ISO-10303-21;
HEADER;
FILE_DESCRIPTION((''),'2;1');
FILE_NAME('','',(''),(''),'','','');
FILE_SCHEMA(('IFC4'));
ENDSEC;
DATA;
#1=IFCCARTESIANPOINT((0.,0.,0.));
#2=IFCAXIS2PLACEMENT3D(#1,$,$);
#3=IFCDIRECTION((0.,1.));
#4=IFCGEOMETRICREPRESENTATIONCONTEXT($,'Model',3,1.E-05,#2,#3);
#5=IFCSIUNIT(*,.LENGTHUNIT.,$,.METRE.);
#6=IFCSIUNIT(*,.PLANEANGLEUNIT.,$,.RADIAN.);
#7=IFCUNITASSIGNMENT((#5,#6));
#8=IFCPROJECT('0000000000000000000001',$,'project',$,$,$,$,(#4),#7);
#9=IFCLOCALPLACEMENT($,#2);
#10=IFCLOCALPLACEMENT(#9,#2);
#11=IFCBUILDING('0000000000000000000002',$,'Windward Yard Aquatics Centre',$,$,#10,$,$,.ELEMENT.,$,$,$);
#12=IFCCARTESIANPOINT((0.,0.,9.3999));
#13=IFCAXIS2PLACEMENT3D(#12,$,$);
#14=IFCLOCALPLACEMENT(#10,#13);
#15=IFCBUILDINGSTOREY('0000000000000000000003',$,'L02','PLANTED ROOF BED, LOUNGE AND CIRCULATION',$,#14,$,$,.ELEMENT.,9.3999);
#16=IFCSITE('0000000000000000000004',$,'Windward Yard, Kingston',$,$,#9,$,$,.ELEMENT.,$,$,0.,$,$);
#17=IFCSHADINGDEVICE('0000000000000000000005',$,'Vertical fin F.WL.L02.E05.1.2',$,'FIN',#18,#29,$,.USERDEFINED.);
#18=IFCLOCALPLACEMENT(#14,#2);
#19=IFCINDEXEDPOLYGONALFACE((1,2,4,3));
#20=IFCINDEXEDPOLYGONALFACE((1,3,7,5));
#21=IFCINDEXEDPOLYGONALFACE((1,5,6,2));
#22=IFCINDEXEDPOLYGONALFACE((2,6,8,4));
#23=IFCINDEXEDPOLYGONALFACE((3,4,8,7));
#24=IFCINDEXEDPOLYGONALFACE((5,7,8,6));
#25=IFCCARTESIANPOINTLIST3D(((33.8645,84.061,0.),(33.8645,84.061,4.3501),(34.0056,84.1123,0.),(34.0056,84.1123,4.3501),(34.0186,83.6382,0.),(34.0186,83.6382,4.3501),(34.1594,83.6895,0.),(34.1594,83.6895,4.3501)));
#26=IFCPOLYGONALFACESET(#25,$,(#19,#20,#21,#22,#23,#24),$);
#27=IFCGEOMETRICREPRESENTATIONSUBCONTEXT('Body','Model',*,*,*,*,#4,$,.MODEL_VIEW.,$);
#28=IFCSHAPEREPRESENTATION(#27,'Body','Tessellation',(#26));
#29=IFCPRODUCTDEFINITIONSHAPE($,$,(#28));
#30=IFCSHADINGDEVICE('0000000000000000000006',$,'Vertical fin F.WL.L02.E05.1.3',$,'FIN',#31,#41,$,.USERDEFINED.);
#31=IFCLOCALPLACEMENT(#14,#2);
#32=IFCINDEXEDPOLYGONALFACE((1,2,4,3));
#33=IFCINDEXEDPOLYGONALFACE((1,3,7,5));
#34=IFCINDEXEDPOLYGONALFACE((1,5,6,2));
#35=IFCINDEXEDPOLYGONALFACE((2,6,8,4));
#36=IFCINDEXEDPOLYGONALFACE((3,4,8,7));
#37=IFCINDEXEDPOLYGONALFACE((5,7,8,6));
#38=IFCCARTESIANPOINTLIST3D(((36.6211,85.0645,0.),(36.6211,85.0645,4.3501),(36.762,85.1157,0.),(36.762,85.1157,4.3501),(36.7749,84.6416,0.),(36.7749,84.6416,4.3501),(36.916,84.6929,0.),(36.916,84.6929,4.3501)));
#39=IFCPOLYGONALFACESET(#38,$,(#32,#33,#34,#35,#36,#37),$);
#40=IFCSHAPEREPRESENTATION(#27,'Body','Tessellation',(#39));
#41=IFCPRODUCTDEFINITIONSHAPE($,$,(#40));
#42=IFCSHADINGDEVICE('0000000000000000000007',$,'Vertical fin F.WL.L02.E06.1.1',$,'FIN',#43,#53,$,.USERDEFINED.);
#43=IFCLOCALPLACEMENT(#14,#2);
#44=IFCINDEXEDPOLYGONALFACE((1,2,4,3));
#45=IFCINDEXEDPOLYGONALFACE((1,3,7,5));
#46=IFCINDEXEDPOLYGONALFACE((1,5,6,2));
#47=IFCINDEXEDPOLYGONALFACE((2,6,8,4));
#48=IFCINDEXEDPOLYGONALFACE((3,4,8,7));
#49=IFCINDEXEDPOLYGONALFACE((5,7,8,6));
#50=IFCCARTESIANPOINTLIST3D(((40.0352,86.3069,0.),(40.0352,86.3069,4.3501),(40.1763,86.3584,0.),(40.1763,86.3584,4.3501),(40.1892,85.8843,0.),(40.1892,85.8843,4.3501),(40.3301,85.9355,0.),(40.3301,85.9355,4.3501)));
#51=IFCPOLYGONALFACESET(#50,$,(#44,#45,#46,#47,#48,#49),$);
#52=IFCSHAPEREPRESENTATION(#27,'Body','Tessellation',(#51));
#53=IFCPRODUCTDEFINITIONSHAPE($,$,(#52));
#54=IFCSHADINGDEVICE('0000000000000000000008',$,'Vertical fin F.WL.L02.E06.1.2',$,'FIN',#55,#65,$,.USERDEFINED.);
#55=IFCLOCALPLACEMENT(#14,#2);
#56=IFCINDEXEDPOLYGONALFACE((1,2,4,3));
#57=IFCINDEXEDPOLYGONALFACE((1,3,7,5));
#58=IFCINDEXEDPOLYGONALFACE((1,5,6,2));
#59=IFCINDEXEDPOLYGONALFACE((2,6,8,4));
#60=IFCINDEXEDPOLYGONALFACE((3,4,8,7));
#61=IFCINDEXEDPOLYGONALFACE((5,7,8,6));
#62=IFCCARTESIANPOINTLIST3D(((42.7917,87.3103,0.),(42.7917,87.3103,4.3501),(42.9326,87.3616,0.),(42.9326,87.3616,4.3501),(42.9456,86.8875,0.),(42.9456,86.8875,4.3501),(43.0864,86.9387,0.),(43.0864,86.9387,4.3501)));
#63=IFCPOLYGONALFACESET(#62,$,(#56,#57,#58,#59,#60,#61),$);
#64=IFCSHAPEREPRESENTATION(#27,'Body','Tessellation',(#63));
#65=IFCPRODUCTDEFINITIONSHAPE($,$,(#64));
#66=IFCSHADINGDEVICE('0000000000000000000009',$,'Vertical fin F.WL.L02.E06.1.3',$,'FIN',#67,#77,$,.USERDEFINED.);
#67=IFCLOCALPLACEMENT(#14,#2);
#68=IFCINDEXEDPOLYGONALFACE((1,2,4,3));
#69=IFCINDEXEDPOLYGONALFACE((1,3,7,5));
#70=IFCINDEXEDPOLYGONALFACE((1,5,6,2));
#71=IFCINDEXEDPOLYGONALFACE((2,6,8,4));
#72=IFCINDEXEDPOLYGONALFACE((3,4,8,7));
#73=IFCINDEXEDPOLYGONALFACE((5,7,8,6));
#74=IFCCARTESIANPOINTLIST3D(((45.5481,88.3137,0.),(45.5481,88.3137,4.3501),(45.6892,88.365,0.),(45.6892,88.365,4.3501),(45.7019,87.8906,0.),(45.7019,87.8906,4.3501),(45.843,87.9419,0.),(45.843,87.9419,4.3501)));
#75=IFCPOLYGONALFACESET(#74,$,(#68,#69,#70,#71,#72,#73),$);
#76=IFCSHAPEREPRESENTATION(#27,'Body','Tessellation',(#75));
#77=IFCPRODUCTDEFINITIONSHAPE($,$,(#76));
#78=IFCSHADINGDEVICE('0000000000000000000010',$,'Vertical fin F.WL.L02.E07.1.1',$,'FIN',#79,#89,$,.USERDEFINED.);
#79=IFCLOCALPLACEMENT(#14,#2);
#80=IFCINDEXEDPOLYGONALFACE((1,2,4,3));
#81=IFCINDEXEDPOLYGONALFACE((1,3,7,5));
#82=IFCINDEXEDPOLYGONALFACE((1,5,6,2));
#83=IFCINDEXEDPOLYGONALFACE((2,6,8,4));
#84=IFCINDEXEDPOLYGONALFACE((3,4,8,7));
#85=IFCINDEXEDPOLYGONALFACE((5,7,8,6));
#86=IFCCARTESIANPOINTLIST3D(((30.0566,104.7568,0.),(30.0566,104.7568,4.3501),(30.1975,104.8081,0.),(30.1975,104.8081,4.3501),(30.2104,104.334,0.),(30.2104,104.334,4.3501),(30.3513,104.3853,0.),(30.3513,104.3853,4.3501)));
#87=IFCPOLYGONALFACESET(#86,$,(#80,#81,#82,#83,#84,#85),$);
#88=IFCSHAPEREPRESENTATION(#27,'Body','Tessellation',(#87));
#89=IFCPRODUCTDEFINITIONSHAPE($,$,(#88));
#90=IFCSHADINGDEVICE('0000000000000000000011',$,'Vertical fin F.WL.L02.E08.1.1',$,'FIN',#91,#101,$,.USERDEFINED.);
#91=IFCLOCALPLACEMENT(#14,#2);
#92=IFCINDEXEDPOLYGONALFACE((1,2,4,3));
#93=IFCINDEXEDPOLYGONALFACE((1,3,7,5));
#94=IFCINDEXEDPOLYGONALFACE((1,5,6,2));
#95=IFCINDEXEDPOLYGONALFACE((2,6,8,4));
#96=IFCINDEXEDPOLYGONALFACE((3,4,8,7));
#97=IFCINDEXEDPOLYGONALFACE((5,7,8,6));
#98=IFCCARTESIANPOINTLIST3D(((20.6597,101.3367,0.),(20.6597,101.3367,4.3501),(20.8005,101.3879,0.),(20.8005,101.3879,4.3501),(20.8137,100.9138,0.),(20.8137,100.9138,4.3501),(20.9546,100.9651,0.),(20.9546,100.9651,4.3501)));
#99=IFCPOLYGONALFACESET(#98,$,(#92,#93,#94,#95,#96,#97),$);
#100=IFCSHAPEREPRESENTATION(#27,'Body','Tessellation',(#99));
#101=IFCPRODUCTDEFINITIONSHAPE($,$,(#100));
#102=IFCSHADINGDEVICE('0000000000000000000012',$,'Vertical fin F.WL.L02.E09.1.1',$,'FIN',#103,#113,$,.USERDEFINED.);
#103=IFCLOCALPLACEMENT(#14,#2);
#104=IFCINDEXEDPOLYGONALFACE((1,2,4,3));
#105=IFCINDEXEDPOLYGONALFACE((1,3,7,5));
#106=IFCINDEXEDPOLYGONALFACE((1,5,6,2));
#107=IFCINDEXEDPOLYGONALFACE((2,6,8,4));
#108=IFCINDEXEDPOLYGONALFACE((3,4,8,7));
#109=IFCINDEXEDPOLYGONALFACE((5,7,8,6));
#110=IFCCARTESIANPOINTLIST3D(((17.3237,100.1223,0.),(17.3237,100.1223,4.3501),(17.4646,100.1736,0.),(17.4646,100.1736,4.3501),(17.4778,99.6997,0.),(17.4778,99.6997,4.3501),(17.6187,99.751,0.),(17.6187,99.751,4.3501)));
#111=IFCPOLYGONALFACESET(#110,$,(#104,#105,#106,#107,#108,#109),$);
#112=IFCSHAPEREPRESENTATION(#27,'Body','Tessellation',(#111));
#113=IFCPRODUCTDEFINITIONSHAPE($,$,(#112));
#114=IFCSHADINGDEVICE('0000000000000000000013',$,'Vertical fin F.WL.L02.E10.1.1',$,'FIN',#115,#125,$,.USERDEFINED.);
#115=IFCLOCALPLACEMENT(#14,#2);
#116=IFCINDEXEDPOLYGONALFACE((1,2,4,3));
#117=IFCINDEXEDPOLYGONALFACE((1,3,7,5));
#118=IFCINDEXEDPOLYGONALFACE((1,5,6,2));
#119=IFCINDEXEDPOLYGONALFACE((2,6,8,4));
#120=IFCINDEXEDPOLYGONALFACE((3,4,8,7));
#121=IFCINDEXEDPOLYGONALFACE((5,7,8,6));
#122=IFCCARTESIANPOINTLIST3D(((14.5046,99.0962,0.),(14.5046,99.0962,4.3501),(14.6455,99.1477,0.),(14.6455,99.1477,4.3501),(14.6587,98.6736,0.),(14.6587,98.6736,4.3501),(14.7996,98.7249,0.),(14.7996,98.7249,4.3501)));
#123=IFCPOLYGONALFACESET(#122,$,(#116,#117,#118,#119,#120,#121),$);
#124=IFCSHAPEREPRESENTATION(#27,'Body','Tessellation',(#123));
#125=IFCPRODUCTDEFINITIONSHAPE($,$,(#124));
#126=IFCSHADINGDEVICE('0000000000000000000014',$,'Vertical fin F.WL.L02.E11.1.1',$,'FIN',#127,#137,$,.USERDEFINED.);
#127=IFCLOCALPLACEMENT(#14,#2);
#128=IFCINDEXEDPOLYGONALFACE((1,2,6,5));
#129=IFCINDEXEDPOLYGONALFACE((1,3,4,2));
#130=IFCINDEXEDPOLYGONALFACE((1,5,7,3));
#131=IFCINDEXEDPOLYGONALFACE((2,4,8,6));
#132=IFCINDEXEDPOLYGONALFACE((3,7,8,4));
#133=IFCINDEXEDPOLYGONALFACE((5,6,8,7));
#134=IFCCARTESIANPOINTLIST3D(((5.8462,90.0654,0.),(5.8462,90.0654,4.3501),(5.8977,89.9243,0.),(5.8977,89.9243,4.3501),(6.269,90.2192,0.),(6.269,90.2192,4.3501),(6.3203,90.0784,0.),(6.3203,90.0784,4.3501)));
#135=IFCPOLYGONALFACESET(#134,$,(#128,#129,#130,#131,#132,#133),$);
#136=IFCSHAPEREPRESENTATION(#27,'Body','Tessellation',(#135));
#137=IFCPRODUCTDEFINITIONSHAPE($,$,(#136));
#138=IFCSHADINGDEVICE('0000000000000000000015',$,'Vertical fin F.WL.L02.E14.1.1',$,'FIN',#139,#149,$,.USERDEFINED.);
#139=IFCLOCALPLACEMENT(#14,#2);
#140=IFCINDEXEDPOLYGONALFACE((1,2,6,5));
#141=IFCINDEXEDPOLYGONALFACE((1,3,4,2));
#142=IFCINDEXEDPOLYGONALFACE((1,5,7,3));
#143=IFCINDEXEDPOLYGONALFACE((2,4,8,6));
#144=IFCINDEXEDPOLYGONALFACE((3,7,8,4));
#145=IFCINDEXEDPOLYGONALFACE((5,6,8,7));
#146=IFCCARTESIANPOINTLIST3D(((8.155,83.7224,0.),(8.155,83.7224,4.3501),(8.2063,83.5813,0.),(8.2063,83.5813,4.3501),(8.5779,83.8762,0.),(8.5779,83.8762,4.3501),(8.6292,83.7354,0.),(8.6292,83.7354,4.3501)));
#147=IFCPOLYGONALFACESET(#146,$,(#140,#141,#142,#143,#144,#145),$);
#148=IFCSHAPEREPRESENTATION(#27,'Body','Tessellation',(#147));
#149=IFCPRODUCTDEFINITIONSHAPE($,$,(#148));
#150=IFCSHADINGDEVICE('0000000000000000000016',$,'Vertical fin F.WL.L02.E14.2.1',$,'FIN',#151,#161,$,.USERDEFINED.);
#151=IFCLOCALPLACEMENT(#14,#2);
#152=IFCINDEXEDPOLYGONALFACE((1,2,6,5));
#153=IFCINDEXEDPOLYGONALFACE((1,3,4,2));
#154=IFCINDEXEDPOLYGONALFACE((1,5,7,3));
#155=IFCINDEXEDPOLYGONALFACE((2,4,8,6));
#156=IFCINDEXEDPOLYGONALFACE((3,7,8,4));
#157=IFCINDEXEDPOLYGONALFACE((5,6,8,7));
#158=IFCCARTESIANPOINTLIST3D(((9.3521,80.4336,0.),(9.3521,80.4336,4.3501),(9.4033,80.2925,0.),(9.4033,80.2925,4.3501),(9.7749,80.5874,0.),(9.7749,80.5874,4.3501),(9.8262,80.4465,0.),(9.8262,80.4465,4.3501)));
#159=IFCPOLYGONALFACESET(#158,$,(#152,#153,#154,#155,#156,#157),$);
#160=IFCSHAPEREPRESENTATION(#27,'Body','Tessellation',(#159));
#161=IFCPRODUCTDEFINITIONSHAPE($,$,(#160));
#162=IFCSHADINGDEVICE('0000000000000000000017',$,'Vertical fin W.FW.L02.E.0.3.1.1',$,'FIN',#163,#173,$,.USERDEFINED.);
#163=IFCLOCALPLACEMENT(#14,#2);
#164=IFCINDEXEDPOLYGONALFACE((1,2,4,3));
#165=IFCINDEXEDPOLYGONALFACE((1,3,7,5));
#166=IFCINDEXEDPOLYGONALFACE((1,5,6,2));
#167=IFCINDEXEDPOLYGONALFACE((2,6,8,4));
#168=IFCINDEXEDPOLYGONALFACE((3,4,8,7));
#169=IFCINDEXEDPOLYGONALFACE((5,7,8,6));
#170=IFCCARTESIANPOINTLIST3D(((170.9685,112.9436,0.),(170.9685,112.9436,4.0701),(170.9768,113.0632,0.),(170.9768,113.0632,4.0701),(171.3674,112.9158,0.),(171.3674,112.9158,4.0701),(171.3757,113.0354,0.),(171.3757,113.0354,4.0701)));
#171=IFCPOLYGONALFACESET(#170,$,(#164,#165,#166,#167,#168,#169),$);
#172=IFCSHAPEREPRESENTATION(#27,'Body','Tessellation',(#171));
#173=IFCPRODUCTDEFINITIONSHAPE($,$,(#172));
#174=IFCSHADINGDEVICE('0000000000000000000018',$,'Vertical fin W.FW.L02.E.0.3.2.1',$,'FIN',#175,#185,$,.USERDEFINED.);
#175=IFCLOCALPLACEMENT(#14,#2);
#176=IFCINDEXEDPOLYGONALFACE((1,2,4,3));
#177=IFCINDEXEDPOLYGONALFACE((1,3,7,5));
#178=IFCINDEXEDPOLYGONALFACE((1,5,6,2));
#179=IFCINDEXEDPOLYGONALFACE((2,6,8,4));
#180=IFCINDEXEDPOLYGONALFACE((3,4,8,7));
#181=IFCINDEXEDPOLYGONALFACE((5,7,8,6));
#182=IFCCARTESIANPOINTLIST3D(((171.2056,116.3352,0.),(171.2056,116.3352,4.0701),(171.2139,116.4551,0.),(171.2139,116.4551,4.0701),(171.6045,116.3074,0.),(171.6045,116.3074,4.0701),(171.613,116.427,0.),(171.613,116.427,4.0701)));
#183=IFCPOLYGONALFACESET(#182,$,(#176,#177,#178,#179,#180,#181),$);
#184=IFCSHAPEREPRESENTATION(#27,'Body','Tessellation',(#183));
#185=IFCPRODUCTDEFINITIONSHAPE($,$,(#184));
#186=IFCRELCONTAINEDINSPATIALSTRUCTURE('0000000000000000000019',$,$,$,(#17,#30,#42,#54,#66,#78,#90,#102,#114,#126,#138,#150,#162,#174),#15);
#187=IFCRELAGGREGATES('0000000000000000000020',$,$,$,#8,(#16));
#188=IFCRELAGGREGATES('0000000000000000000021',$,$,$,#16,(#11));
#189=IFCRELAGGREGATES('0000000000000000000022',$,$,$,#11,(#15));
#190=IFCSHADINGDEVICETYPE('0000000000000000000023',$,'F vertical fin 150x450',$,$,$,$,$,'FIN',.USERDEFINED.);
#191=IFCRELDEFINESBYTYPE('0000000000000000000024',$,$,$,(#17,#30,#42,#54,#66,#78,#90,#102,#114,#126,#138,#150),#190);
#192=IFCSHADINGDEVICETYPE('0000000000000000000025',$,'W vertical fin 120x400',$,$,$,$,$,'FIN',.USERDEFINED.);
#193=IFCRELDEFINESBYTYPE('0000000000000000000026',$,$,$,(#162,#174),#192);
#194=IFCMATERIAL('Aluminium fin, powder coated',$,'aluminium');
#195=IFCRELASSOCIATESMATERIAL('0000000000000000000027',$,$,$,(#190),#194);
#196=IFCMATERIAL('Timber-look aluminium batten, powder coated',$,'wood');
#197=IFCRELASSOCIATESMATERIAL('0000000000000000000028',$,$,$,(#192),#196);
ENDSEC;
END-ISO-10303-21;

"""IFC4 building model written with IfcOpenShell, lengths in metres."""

from ifc_helpers import new_model, si_unit, direction, frame, origin, place, context, subcontext, project, spatial, polyline, outline, extrude, material, type_object, element, save


model = new_model("IFC4")

# Units and contexts
model_context = context("Model", 3, precision=1e-05, world=origin(), true_north=direction((0.0, 1.0)))
body_context = subcontext(model_context, "Body", "Model", "MODEL_VIEW")
ifc_project = project(units=[si_unit("LENGTHUNIT", "METRE"), si_unit("PLANEANGLEUNIT", "RADIAN")], contexts=[model_context])

# Site, building, storey
site_placement = place(None, origin())
site = spatial("IfcSite", under=ifc_project, at=site_placement, Name="Windward Yard, Kingston", CompositionType="ELEMENT", RefElevation=0.0)
building_placement = place(site_placement, origin())
building = spatial("IfcBuilding", under=site, at=building_placement, Name="Windward Yard Aquatics Centre", CompositionType="ELEMENT")
storey_placement = place(building_placement, frame((0.0, 0.0, 9.3999)))
storey = spatial("IfcBuildingStorey", under=building, at=storey_placement, Name="L02", Description="PLANTED ROOF BED, LOUNGE AND CIRCULATION", CompositionType="ELEMENT", Elevation=9.3999)

# Shading devices
ifc_material_1 = material(Name="Aluminium fin, powder coated", Category="aluminium")
shading_device_type_1 = type_object("IfcShadingDeviceType", Name="F vertical fin 150x450", ElementType="FIN", PredefinedType="USERDEFINED", material=ifc_material_1)
shading_device_1_placement = place(storey_placement, origin())
element("IfcShadingDevice", 1, at=shading_device_1_placement, inside=storey, type_object=shading_device_type_1, Name="Vertical fin F.WL.L02.E05.1.2", ObjectType="FIN", PredefinedType="USERDEFINED", context=body_context, shape_type="SweptSolid", body=[
    extrude(outline(polyline([(33.8645, 84.061), (34.0056, 84.1123), (34.1594, 83.6895), (34.0186, 83.6382), (33.8645, 84.061)])), origin(), (0.0, 0.0, 1.0), 4.3501),
])
shading_device_2_placement = place(storey_placement, origin())
element("IfcShadingDevice", 2, at=shading_device_2_placement, inside=storey, type_object=shading_device_type_1, Name="Vertical fin F.WL.L02.E05.1.3", ObjectType="FIN", PredefinedType="USERDEFINED", context=body_context, shape_type="SweptSolid", body=[
    extrude(outline(polyline([(36.6211, 85.0645), (36.762, 85.1157), (36.916, 84.6929), (36.7749, 84.6416), (36.6211, 85.0645)])), origin(), (0.0, 0.0, 1.0), 4.3501),
])
shading_device_3_placement = place(storey_placement, origin())
element("IfcShadingDevice", 3, at=shading_device_3_placement, inside=storey, type_object=shading_device_type_1, Name="Vertical fin F.WL.L02.E06.1.1", ObjectType="FIN", PredefinedType="USERDEFINED", context=body_context, shape_type="SweptSolid", body=[
    extrude(outline(polyline([(40.0352, 86.3069), (40.1763, 86.3584), (40.3301, 85.9355), (40.1892, 85.8843), (40.0352, 86.3069)])), origin(), (0.0, 0.0, 1.0), 4.3501),
])
shading_device_4_placement = place(storey_placement, origin())
element("IfcShadingDevice", 4, at=shading_device_4_placement, inside=storey, type_object=shading_device_type_1, Name="Vertical fin F.WL.L02.E06.1.2", ObjectType="FIN", PredefinedType="USERDEFINED", context=body_context, shape_type="SweptSolid", body=[
    extrude(outline(polyline([(42.7917, 87.3103), (42.9326, 87.3616), (43.0864, 86.9387), (42.9456, 86.8875), (42.7917, 87.3103)])), origin(), (0.0, 0.0, 1.0), 4.3501),
])
shading_device_5_placement = place(storey_placement, origin())
element("IfcShadingDevice", 5, at=shading_device_5_placement, inside=storey, type_object=shading_device_type_1, Name="Vertical fin F.WL.L02.E06.1.3", ObjectType="FIN", PredefinedType="USERDEFINED", context=body_context, shape_type="SweptSolid", body=[
    extrude(outline(polyline([(45.5481, 88.3137), (45.6892, 88.365), (45.843, 87.9419), (45.7019, 87.8906), (45.5481, 88.3137)])), origin(), (0.0, 0.0, 1.0), 4.3501),
])
shading_device_6_placement = place(storey_placement, origin())
element("IfcShadingDevice", 6, at=shading_device_6_placement, inside=storey, type_object=shading_device_type_1, Name="Vertical fin F.WL.L02.E07.1.1", ObjectType="FIN", PredefinedType="USERDEFINED", context=body_context, shape_type="SweptSolid", body=[
    extrude(outline(polyline([(30.0566, 104.7568), (30.1975, 104.8081), (30.3513, 104.3853), (30.2104, 104.334), (30.0566, 104.7568)])), origin(), (0.0, 0.0, 1.0), 4.3501),
])
shading_device_7_placement = place(storey_placement, origin())
element("IfcShadingDevice", 7, at=shading_device_7_placement, inside=storey, type_object=shading_device_type_1, Name="Vertical fin F.WL.L02.E08.1.1", ObjectType="FIN", PredefinedType="USERDEFINED", context=body_context, shape_type="SweptSolid", body=[
    extrude(outline(polyline([(20.6597, 101.3367), (20.8005, 101.3879), (20.9546, 100.9651), (20.8137, 100.9138), (20.6597, 101.3367)])), origin(), (0.0, 0.0, 1.0), 4.3501),
])
shading_device_8_placement = place(storey_placement, origin())
element("IfcShadingDevice", 8, at=shading_device_8_placement, inside=storey, type_object=shading_device_type_1, Name="Vertical fin F.WL.L02.E09.1.1", ObjectType="FIN", PredefinedType="USERDEFINED", context=body_context, shape_type="SweptSolid", body=[
    extrude(outline(polyline([(17.3237, 100.1223), (17.4646, 100.1736), (17.6187, 99.751), (17.4778, 99.6997), (17.3237, 100.1223)])), origin(), (0.0, 0.0, 1.0), 4.3501),
])
shading_device_9_placement = place(storey_placement, origin())
element("IfcShadingDevice", 9, at=shading_device_9_placement, inside=storey, type_object=shading_device_type_1, Name="Vertical fin F.WL.L02.E10.1.1", ObjectType="FIN", PredefinedType="USERDEFINED", context=body_context, shape_type="SweptSolid", body=[
    extrude(outline(polyline([(14.5046, 99.0962), (14.6455, 99.1477), (14.7996, 98.7249), (14.6587, 98.6736), (14.5046, 99.0962)])), origin(), (0.0, 0.0, 1.0), 4.3501),
])
shading_device_10_placement = place(storey_placement, origin())
element("IfcShadingDevice", 10, at=shading_device_10_placement, inside=storey, type_object=shading_device_type_1, Name="Vertical fin F.WL.L02.E11.1.1", ObjectType="FIN", PredefinedType="USERDEFINED", context=body_context, shape_type="SweptSolid", body=[
    extrude(outline(polyline([(5.8462, 90.0654), (6.269, 90.2192), (6.3203, 90.0784), (5.8977, 89.9243), (5.8462, 90.0654)])), origin(), (0.0, 0.0, 1.0), 4.3501),
])
shading_device_11_placement = place(storey_placement, origin())
element("IfcShadingDevice", 11, at=shading_device_11_placement, inside=storey, type_object=shading_device_type_1, Name="Vertical fin F.WL.L02.E14.1.1", ObjectType="FIN", PredefinedType="USERDEFINED", context=body_context, shape_type="SweptSolid", body=[
    extrude(outline(polyline([(8.155, 83.7224), (8.5779, 83.8762), (8.6292, 83.7354), (8.2063, 83.5813), (8.155, 83.7224)])), origin(), (0.0, 0.0, 1.0), 4.3501),
])
shading_device_12_placement = place(storey_placement, origin())
element("IfcShadingDevice", 12, at=shading_device_12_placement, inside=storey, type_object=shading_device_type_1, Name="Vertical fin F.WL.L02.E14.2.1", ObjectType="FIN", PredefinedType="USERDEFINED", context=body_context, shape_type="SweptSolid", body=[
    extrude(outline(polyline([(9.3521, 80.4336), (9.7749, 80.5874), (9.8262, 80.4465), (9.4033, 80.2925), (9.3521, 80.4336)])), origin(), (0.0, 0.0, 1.0), 4.3501),
])
ifc_material_2 = material(Name="Timber-look aluminium batten, powder coated", Category="wood")
shading_device_type_2 = type_object("IfcShadingDeviceType", Name="W vertical fin 120x400", ElementType="FIN", PredefinedType="USERDEFINED", material=ifc_material_2)
shading_device_13_placement = place(storey_placement, origin())
element("IfcShadingDevice", 13, at=shading_device_13_placement, inside=storey, type_object=shading_device_type_2, Name="Vertical fin W.FW.L02.E.0.3.1.1", ObjectType="FIN", PredefinedType="USERDEFINED", context=body_context, shape_type="SweptSolid", body=[
    extrude(outline(polyline([(170.9685, 112.9436), (170.9768, 113.0632), (171.3757, 113.0354), (171.3674, 112.9158), (170.9685, 112.9436)])), origin(), (0.0, 0.0, 1.0), 4.0701),
])
shading_device_14_placement = place(storey_placement, origin())
element("IfcShadingDevice", 14, at=shading_device_14_placement, inside=storey, type_object=shading_device_type_2, Name="Vertical fin W.FW.L02.E.0.3.2.1", ObjectType="FIN", PredefinedType="USERDEFINED", context=body_context, shape_type="SweptSolid", body=[
    extrude(outline(polyline([(171.2056, 116.3352), (171.2139, 116.4551), (171.613, 116.427), (171.6045, 116.3074), (171.2056, 116.3352)])), origin(), (0.0, 0.0, 1.0), 4.0701),
])

save(model, "model.ifc")
